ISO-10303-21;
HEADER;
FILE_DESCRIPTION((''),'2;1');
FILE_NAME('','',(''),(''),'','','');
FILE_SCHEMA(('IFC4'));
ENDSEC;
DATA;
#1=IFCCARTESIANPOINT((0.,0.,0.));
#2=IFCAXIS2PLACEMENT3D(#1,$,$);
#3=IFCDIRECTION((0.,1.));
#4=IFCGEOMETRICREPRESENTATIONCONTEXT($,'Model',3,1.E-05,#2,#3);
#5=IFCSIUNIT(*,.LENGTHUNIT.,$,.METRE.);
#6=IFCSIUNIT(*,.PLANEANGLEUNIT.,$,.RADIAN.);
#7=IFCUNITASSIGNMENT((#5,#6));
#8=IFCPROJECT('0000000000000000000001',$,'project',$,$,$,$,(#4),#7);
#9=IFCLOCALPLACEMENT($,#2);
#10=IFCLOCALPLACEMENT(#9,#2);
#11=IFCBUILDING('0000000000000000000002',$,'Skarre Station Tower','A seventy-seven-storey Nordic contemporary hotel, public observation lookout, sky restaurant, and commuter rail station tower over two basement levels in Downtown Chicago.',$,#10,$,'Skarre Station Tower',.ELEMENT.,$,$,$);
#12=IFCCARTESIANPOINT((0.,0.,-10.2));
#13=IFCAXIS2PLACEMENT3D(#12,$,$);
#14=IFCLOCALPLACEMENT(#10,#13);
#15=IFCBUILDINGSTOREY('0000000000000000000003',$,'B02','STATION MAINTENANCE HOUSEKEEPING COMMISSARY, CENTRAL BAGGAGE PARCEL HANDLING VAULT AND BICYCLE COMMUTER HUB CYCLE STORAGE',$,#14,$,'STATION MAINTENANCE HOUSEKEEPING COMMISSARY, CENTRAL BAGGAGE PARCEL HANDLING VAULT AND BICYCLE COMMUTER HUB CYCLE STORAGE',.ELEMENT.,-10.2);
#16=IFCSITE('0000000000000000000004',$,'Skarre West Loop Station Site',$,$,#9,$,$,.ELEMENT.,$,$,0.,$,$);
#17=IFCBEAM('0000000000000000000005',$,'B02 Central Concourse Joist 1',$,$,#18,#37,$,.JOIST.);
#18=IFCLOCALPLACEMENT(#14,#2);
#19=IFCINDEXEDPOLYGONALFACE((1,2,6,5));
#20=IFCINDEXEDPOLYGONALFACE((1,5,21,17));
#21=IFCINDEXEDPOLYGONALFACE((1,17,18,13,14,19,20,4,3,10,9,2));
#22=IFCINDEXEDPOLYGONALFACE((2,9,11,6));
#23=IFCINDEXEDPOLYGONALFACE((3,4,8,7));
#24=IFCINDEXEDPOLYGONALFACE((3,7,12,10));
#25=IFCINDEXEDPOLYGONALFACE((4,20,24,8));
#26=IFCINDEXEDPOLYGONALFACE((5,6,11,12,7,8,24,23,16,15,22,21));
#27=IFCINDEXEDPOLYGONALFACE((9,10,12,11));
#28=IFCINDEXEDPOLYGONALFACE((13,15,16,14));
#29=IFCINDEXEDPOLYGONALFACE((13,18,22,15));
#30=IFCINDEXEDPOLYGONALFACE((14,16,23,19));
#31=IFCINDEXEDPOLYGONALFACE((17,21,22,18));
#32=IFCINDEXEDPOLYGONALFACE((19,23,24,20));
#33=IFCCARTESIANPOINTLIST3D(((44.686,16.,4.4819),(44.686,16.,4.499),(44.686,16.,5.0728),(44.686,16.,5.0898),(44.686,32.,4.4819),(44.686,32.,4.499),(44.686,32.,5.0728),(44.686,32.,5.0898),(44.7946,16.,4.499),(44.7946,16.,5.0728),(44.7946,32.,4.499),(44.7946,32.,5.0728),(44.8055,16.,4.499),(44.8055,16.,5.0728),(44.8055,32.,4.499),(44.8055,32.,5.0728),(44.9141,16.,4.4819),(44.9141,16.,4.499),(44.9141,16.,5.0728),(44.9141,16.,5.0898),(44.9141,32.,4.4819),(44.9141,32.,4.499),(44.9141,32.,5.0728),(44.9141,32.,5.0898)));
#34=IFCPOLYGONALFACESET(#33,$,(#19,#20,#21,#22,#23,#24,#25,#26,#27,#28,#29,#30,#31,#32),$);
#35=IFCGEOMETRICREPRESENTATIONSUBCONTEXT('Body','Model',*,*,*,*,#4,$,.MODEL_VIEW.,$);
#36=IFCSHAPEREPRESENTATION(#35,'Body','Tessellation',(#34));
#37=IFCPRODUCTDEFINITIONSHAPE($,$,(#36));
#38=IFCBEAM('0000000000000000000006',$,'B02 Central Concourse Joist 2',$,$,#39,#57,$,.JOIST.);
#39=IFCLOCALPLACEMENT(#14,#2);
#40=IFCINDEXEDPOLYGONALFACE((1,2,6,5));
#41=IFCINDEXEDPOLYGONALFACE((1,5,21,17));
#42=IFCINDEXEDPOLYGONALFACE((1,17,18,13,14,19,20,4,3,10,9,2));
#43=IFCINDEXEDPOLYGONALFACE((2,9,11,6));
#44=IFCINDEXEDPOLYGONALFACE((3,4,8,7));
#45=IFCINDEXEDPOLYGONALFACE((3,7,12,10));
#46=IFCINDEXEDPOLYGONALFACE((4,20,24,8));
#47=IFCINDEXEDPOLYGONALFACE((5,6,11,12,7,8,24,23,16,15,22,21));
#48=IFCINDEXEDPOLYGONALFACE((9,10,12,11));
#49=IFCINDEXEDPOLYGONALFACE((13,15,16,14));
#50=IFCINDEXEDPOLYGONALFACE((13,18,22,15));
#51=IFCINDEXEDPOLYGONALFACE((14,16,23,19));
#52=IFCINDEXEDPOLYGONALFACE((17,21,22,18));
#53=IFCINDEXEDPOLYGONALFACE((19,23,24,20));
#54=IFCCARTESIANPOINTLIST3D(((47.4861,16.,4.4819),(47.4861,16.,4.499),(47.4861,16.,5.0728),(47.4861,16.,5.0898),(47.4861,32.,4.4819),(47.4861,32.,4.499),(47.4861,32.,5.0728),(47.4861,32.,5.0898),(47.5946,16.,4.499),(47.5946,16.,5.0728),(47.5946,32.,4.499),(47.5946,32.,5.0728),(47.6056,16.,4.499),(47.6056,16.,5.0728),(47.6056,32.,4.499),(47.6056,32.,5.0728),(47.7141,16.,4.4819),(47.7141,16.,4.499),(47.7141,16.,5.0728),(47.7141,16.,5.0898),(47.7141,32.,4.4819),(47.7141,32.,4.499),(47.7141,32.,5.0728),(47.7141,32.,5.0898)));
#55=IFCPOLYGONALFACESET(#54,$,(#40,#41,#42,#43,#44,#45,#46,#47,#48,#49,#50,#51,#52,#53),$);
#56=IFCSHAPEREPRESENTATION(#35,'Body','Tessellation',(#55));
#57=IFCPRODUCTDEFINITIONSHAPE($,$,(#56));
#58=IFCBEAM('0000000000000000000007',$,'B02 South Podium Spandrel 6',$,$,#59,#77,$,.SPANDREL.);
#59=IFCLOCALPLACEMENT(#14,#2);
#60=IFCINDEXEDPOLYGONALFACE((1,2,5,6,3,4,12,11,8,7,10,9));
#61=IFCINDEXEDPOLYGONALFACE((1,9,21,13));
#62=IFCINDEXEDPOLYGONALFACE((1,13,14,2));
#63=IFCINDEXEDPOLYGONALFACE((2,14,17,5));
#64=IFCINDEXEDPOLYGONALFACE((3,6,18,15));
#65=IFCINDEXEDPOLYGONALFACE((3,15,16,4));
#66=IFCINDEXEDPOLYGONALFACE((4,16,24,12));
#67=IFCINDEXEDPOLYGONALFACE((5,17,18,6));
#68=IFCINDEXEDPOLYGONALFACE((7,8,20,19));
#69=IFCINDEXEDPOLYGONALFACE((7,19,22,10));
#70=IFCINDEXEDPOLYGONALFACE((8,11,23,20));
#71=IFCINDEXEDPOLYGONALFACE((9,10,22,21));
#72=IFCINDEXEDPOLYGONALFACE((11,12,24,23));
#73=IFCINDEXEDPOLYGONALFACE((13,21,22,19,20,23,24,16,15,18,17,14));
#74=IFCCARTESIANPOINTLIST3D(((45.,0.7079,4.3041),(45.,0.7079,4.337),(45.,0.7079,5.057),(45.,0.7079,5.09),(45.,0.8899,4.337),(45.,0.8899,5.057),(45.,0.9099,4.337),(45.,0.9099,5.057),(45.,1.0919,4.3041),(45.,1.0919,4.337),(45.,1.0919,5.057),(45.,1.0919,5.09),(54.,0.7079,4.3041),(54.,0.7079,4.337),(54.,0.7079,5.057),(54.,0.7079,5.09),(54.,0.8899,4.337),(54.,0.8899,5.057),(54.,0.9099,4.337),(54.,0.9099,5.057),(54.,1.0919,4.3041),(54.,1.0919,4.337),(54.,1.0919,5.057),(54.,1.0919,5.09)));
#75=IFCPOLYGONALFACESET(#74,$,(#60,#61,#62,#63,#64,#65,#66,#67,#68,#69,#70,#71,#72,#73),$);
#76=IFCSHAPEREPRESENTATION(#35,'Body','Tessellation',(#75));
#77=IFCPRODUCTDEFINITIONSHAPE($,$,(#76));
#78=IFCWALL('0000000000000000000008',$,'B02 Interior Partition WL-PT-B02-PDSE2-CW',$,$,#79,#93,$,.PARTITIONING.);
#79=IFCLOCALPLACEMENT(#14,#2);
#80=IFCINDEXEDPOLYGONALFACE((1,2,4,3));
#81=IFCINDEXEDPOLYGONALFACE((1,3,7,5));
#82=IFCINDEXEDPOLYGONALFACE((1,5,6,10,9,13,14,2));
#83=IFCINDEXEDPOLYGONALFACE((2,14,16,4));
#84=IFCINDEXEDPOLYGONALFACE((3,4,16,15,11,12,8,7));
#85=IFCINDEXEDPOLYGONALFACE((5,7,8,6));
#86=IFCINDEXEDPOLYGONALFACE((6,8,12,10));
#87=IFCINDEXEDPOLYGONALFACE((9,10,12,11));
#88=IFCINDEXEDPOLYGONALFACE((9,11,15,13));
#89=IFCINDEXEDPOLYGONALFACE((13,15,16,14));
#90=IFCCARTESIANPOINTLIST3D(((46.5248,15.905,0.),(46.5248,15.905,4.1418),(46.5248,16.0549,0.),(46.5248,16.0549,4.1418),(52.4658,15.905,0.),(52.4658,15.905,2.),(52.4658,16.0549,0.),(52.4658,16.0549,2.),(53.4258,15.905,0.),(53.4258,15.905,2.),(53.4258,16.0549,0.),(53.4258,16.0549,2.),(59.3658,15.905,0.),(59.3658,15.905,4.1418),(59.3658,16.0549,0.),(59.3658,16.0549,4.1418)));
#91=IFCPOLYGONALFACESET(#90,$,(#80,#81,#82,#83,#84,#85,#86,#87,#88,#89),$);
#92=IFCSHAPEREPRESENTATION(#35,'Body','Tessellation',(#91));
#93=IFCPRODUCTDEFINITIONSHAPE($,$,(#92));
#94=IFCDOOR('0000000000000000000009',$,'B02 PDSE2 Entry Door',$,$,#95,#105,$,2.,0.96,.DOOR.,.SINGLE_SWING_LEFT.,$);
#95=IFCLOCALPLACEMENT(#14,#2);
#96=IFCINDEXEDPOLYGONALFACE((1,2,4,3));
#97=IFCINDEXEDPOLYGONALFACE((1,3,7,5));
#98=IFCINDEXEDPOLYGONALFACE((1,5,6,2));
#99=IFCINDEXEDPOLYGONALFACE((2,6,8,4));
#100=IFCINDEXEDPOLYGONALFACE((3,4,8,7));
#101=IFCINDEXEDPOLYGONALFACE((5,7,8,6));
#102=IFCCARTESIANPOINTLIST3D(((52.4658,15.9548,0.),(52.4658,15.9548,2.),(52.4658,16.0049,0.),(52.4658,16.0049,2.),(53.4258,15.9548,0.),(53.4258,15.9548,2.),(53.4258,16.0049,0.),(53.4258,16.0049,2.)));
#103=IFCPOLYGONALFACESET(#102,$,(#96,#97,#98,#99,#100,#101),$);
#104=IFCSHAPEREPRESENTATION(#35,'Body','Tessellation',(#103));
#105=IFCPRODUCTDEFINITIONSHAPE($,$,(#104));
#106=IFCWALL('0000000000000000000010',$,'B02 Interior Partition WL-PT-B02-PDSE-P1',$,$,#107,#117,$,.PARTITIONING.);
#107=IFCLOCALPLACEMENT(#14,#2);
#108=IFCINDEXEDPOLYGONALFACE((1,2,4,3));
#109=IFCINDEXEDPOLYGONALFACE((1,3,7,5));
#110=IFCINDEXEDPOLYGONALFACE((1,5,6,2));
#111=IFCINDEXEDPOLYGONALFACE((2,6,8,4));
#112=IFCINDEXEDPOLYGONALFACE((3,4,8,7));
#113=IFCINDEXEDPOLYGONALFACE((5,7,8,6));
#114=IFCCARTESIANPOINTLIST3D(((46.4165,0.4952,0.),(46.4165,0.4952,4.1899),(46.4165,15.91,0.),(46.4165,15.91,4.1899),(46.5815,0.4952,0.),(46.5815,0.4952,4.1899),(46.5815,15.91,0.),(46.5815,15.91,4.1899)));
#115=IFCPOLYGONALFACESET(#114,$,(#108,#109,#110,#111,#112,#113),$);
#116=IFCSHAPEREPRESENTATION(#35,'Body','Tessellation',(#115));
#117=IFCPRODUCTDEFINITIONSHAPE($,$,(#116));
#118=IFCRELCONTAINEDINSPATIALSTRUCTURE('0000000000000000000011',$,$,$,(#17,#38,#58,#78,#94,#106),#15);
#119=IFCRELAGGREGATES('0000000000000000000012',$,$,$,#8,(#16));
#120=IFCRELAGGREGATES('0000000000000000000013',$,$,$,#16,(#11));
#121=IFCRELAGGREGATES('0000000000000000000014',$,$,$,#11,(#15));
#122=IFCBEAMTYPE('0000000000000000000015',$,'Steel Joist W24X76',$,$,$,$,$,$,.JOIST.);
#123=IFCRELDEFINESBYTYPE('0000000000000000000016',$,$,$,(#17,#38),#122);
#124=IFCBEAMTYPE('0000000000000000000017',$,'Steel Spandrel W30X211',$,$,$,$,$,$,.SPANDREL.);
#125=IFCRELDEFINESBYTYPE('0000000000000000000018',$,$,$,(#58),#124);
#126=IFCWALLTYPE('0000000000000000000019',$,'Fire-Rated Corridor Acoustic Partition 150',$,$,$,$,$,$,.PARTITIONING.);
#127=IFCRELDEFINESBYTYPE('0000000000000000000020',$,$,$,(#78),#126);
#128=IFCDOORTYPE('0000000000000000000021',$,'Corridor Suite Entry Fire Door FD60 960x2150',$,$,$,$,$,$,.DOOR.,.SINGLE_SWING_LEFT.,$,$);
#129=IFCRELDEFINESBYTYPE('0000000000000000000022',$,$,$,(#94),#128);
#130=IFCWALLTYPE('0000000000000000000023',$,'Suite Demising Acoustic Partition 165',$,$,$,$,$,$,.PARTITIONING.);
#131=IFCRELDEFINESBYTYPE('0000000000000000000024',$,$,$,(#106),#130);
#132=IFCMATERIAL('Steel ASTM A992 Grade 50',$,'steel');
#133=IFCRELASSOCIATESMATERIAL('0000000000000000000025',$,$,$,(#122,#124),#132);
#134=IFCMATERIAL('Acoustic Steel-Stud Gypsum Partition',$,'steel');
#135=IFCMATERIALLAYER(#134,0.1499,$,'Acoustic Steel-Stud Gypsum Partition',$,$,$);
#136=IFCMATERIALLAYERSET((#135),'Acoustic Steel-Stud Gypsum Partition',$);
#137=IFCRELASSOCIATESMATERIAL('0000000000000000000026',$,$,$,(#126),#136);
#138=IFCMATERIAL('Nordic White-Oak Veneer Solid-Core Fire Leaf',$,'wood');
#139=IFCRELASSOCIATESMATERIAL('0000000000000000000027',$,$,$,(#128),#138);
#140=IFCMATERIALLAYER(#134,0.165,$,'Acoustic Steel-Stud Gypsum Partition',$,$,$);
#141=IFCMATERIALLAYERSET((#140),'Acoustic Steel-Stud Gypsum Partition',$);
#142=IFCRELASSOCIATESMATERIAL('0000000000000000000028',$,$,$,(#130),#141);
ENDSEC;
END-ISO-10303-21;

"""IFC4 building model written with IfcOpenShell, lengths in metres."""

from ifc_helpers import new_model, si_unit, direction, frame, frame_2d, origin, origin_2d, place, context, subcontext, project, spatial, rectangle, i_section, extrude, material, layer, layer_set, material_profile, profile_set, type_object, element, fill, save


model = new_model("IFC4")

# Units and contexts
model_context = context("Model", 3, precision=1e-05, world=origin(), true_north=direction((0.0, 1.0)))
body_context = subcontext(model_context, "Body", "Model", "MODEL_VIEW")
ifc_project = project(units=[si_unit("LENGTHUNIT", "METRE"), si_unit("PLANEANGLEUNIT", "RADIAN")], contexts=[model_context])

# Site, building, storey
site_placement = place(None, origin())
site = spatial("IfcSite", under=ifc_project, at=site_placement, Name="Skarre West Loop Station Site", CompositionType="ELEMENT", RefElevation=0.0)
building_placement = place(site_placement, origin())
building = spatial("IfcBuilding", under=site, at=building_placement, Name="Skarre Station Tower", Description="A seventy-seven-storey Nordic contemporary hotel, public observation lookout, sky restaurant, and commuter rail station tower over two basement levels in Downtown Chicago.", LongName="Skarre Station Tower", CompositionType="ELEMENT")
storey_placement = place(building_placement, frame((0.0, 0.0, -10.2)))
storey = spatial("IfcBuildingStorey", under=building, at=storey_placement, Name="B02", Description="STATION MAINTENANCE HOUSEKEEPING COMMISSARY, CENTRAL BAGGAGE PARCEL HANDLING VAULT AND BICYCLE COMMUTER HUB CYCLE STORAGE", LongName="STATION MAINTENANCE HOUSEKEEPING COMMISSARY, CENTRAL BAGGAGE PARCEL HANDLING VAULT AND BICYCLE COMMUTER HUB CYCLE STORAGE", CompositionType="ELEMENT", Elevation=-10.2)

# Beams
ifc_material_1 = material(Name="Steel ASTM A992 Grade 50", Category="steel")
ifc_material_profile_1 = material_profile(ifc_material_1, i_section(OverallWidth=0.228, OverallDepth=0.6079, WebThickness=0.011, FlangeThickness=0.0171, at=origin_2d()), Name="Steel ASTM A992 Grade 50")
ifc_profile_set_1 = profile_set([ifc_material_profile_1], Name="Steel ASTM A992 Grade 50")
beam_type_1 = type_object("IfcBeamType", Name="Steel Joist W24X76", PredefinedType="JOIST", material=ifc_profile_set_1)
for number, where, z_axis, x_axis, name in (
    (1, (44.8, 16.0, 4.7859), (0.0, 1.0, 0.0), (-1.0, 0.0, 0.0), "B02 Central Concourse Joist 1"),
    (2, (47.6001, 16.0, 4.7859), (0.0, 1.0, 0.0), (-1.0, 0.0, 0.0), "B02 Central Concourse Joist 2"),
):
    element("IfcBeam", number, at=place(storey_placement, frame(where, z_axis=z_axis, x_axis=x_axis)), inside=storey, type_object=beam_type_1, Name=name, PredefinedType="JOIST", context=body_context, shape_type="SweptSolid", body=[
        extrude(i_section(OverallWidth=0.228, OverallDepth=0.6079, WebThickness=0.011, FlangeThickness=0.0171, at=origin_2d()), origin(), (0.0, 0.0, 1.0), 16.0),
    ])
ifc_material_profile_2 = material_profile(ifc_material_1, i_section(OverallWidth=0.384, OverallDepth=0.7859, WebThickness=0.02, FlangeThickness=0.033, at=origin_2d()), Name="Steel ASTM A992 Grade 50")
ifc_profile_set_2 = profile_set([ifc_material_profile_2], Name="Steel ASTM A992 Grade 50")
beam_type_2 = type_object("IfcBeamType", Name="Steel Spandrel W30X211", PredefinedType="SPANDREL", material=ifc_profile_set_2)
beam_1_placement = place(storey_placement, frame((45.0, 0.8999, 4.697), z_axis=(1.0, 0.0, 0.0), x_axis=(0.0, 1.0, 0.0)))
element("IfcBeam", 3, at=beam_1_placement, inside=storey, type_object=beam_type_2, Name="B02 South Podium Spandrel 6", PredefinedType="SPANDREL", context=body_context, shape_type="SweptSolid", body=[
    extrude(i_section(OverallWidth=0.384, OverallDepth=0.7859, WebThickness=0.02, FlangeThickness=0.033, at=origin_2d()), origin(), (0.0, 0.0, 1.0), 9.0),
])

# Wall, opening, door
ifc_material_2 = material(Name="Acoustic Steel-Stud Gypsum Partition", Category="steel")
ifc_layer_1 = layer(ifc_material_2, 0.1499, Name="Acoustic Steel-Stud Gypsum Partition")
ifc_layer_set_1 = layer_set([ifc_layer_1], Name="Acoustic Steel-Stud Gypsum Partition")
wall_type_1 = type_object("IfcWallType", Name="Fire-Rated Corridor Acoustic Partition 150", PredefinedType="PARTITIONING", material=ifc_layer_set_1)
wall_1_placement = place(storey_placement, frame((46.5249, 15.98, 0.0), z_axis=(0.0, 0.0, 1.0), x_axis=(1.0, 0.0, 0.0)))
wall_1 = element("IfcWall", 4, at=wall_1_placement, inside=storey, type_object=wall_type_1, Name="B02 Interior Partition WL-PT-B02-PDSE2-CW", PredefinedType="PARTITIONING", context=body_context, shape_type="SweptSolid", body=[
    extrude(rectangle(XDim=12.8411, YDim=0.1499, at=frame_2d((6.4204, 0.0))), origin(), (0.0, 0.0, 1.0), 4.1418),
])
opening_placement = place(wall_1_placement, frame((5.9409, 0.0, 0.0)))
opening = element("IfcOpeningElement", 5, at=opening_placement, cuts=wall_1, PredefinedType="OPENING", context=body_context, shape_type="SweptSolid", body=[
    extrude(rectangle(XDim=0.96, YDim=2.0, at=frame_2d((0.48, 1.0))), frame((0.0, 0.085, 0.0), z_axis=(0.0, -1.0, 0.0), x_axis=(1.0, 0.0, 0.0)), (0.0, 0.0, 1.0), 0.1699),
])
ifc_material_3 = material(Name="Nordic White-Oak Veneer Solid-Core Fire Leaf", Category="wood")
door_type = type_object("IfcDoorType", Name="Corridor Suite Entry Fire Door FD60 960x2150", OperationType="SINGLE_SWING_LEFT", PredefinedType="DOOR", material=ifc_material_3)
door_placement = place(opening_placement, origin())
door = element("IfcDoor", 6, at=door_placement, inside=storey, type_object=door_type, Name="B02 PDSE2 Entry Door", OperationType="SINGLE_SWING_LEFT", OverallHeight=2.0, OverallWidth=0.96, PredefinedType="DOOR", context=body_context, shape_type="SweptSolid", body=[
    extrude(rectangle(XDim=0.96, YDim=2.0, at=frame_2d((0.48, 1.0))), frame((0.0, 0.0249, 0.0), z_axis=(0.0, -1.0, 0.0), x_axis=(1.0, 0.0, 0.0)), (0.0, 0.0, 1.0), 0.05),
])
fill(opening, door)

# Wall
ifc_layer_2 = layer(ifc_material_2, 0.165, Name="Acoustic Steel-Stud Gypsum Partition")
ifc_layer_set_2 = layer_set([ifc_layer_2], Name="Acoustic Steel-Stud Gypsum Partition")
wall_type_2 = type_object("IfcWallType", Name="Suite Demising Acoustic Partition 165", PredefinedType="PARTITIONING", material=ifc_layer_set_2)
wall_2_placement = place(storey_placement, frame((46.499, 0.4951, 0.0), z_axis=(0.0, 0.0, 1.0), x_axis=(0.0, 1.0, 0.0)))
element("IfcWall", 7, at=wall_2_placement, inside=storey, type_object=wall_type_2, Name="B02 Interior Partition WL-PT-B02-PDSE-P1", PredefinedType="PARTITIONING", context=body_context, shape_type="SweptSolid", body=[
    extrude(rectangle(XDim=15.4148, YDim=0.165, at=frame_2d((7.7075, 0.0))), origin(), (0.0, 0.0, 1.0), 4.1899),
])

save(model, "model.ifc")
